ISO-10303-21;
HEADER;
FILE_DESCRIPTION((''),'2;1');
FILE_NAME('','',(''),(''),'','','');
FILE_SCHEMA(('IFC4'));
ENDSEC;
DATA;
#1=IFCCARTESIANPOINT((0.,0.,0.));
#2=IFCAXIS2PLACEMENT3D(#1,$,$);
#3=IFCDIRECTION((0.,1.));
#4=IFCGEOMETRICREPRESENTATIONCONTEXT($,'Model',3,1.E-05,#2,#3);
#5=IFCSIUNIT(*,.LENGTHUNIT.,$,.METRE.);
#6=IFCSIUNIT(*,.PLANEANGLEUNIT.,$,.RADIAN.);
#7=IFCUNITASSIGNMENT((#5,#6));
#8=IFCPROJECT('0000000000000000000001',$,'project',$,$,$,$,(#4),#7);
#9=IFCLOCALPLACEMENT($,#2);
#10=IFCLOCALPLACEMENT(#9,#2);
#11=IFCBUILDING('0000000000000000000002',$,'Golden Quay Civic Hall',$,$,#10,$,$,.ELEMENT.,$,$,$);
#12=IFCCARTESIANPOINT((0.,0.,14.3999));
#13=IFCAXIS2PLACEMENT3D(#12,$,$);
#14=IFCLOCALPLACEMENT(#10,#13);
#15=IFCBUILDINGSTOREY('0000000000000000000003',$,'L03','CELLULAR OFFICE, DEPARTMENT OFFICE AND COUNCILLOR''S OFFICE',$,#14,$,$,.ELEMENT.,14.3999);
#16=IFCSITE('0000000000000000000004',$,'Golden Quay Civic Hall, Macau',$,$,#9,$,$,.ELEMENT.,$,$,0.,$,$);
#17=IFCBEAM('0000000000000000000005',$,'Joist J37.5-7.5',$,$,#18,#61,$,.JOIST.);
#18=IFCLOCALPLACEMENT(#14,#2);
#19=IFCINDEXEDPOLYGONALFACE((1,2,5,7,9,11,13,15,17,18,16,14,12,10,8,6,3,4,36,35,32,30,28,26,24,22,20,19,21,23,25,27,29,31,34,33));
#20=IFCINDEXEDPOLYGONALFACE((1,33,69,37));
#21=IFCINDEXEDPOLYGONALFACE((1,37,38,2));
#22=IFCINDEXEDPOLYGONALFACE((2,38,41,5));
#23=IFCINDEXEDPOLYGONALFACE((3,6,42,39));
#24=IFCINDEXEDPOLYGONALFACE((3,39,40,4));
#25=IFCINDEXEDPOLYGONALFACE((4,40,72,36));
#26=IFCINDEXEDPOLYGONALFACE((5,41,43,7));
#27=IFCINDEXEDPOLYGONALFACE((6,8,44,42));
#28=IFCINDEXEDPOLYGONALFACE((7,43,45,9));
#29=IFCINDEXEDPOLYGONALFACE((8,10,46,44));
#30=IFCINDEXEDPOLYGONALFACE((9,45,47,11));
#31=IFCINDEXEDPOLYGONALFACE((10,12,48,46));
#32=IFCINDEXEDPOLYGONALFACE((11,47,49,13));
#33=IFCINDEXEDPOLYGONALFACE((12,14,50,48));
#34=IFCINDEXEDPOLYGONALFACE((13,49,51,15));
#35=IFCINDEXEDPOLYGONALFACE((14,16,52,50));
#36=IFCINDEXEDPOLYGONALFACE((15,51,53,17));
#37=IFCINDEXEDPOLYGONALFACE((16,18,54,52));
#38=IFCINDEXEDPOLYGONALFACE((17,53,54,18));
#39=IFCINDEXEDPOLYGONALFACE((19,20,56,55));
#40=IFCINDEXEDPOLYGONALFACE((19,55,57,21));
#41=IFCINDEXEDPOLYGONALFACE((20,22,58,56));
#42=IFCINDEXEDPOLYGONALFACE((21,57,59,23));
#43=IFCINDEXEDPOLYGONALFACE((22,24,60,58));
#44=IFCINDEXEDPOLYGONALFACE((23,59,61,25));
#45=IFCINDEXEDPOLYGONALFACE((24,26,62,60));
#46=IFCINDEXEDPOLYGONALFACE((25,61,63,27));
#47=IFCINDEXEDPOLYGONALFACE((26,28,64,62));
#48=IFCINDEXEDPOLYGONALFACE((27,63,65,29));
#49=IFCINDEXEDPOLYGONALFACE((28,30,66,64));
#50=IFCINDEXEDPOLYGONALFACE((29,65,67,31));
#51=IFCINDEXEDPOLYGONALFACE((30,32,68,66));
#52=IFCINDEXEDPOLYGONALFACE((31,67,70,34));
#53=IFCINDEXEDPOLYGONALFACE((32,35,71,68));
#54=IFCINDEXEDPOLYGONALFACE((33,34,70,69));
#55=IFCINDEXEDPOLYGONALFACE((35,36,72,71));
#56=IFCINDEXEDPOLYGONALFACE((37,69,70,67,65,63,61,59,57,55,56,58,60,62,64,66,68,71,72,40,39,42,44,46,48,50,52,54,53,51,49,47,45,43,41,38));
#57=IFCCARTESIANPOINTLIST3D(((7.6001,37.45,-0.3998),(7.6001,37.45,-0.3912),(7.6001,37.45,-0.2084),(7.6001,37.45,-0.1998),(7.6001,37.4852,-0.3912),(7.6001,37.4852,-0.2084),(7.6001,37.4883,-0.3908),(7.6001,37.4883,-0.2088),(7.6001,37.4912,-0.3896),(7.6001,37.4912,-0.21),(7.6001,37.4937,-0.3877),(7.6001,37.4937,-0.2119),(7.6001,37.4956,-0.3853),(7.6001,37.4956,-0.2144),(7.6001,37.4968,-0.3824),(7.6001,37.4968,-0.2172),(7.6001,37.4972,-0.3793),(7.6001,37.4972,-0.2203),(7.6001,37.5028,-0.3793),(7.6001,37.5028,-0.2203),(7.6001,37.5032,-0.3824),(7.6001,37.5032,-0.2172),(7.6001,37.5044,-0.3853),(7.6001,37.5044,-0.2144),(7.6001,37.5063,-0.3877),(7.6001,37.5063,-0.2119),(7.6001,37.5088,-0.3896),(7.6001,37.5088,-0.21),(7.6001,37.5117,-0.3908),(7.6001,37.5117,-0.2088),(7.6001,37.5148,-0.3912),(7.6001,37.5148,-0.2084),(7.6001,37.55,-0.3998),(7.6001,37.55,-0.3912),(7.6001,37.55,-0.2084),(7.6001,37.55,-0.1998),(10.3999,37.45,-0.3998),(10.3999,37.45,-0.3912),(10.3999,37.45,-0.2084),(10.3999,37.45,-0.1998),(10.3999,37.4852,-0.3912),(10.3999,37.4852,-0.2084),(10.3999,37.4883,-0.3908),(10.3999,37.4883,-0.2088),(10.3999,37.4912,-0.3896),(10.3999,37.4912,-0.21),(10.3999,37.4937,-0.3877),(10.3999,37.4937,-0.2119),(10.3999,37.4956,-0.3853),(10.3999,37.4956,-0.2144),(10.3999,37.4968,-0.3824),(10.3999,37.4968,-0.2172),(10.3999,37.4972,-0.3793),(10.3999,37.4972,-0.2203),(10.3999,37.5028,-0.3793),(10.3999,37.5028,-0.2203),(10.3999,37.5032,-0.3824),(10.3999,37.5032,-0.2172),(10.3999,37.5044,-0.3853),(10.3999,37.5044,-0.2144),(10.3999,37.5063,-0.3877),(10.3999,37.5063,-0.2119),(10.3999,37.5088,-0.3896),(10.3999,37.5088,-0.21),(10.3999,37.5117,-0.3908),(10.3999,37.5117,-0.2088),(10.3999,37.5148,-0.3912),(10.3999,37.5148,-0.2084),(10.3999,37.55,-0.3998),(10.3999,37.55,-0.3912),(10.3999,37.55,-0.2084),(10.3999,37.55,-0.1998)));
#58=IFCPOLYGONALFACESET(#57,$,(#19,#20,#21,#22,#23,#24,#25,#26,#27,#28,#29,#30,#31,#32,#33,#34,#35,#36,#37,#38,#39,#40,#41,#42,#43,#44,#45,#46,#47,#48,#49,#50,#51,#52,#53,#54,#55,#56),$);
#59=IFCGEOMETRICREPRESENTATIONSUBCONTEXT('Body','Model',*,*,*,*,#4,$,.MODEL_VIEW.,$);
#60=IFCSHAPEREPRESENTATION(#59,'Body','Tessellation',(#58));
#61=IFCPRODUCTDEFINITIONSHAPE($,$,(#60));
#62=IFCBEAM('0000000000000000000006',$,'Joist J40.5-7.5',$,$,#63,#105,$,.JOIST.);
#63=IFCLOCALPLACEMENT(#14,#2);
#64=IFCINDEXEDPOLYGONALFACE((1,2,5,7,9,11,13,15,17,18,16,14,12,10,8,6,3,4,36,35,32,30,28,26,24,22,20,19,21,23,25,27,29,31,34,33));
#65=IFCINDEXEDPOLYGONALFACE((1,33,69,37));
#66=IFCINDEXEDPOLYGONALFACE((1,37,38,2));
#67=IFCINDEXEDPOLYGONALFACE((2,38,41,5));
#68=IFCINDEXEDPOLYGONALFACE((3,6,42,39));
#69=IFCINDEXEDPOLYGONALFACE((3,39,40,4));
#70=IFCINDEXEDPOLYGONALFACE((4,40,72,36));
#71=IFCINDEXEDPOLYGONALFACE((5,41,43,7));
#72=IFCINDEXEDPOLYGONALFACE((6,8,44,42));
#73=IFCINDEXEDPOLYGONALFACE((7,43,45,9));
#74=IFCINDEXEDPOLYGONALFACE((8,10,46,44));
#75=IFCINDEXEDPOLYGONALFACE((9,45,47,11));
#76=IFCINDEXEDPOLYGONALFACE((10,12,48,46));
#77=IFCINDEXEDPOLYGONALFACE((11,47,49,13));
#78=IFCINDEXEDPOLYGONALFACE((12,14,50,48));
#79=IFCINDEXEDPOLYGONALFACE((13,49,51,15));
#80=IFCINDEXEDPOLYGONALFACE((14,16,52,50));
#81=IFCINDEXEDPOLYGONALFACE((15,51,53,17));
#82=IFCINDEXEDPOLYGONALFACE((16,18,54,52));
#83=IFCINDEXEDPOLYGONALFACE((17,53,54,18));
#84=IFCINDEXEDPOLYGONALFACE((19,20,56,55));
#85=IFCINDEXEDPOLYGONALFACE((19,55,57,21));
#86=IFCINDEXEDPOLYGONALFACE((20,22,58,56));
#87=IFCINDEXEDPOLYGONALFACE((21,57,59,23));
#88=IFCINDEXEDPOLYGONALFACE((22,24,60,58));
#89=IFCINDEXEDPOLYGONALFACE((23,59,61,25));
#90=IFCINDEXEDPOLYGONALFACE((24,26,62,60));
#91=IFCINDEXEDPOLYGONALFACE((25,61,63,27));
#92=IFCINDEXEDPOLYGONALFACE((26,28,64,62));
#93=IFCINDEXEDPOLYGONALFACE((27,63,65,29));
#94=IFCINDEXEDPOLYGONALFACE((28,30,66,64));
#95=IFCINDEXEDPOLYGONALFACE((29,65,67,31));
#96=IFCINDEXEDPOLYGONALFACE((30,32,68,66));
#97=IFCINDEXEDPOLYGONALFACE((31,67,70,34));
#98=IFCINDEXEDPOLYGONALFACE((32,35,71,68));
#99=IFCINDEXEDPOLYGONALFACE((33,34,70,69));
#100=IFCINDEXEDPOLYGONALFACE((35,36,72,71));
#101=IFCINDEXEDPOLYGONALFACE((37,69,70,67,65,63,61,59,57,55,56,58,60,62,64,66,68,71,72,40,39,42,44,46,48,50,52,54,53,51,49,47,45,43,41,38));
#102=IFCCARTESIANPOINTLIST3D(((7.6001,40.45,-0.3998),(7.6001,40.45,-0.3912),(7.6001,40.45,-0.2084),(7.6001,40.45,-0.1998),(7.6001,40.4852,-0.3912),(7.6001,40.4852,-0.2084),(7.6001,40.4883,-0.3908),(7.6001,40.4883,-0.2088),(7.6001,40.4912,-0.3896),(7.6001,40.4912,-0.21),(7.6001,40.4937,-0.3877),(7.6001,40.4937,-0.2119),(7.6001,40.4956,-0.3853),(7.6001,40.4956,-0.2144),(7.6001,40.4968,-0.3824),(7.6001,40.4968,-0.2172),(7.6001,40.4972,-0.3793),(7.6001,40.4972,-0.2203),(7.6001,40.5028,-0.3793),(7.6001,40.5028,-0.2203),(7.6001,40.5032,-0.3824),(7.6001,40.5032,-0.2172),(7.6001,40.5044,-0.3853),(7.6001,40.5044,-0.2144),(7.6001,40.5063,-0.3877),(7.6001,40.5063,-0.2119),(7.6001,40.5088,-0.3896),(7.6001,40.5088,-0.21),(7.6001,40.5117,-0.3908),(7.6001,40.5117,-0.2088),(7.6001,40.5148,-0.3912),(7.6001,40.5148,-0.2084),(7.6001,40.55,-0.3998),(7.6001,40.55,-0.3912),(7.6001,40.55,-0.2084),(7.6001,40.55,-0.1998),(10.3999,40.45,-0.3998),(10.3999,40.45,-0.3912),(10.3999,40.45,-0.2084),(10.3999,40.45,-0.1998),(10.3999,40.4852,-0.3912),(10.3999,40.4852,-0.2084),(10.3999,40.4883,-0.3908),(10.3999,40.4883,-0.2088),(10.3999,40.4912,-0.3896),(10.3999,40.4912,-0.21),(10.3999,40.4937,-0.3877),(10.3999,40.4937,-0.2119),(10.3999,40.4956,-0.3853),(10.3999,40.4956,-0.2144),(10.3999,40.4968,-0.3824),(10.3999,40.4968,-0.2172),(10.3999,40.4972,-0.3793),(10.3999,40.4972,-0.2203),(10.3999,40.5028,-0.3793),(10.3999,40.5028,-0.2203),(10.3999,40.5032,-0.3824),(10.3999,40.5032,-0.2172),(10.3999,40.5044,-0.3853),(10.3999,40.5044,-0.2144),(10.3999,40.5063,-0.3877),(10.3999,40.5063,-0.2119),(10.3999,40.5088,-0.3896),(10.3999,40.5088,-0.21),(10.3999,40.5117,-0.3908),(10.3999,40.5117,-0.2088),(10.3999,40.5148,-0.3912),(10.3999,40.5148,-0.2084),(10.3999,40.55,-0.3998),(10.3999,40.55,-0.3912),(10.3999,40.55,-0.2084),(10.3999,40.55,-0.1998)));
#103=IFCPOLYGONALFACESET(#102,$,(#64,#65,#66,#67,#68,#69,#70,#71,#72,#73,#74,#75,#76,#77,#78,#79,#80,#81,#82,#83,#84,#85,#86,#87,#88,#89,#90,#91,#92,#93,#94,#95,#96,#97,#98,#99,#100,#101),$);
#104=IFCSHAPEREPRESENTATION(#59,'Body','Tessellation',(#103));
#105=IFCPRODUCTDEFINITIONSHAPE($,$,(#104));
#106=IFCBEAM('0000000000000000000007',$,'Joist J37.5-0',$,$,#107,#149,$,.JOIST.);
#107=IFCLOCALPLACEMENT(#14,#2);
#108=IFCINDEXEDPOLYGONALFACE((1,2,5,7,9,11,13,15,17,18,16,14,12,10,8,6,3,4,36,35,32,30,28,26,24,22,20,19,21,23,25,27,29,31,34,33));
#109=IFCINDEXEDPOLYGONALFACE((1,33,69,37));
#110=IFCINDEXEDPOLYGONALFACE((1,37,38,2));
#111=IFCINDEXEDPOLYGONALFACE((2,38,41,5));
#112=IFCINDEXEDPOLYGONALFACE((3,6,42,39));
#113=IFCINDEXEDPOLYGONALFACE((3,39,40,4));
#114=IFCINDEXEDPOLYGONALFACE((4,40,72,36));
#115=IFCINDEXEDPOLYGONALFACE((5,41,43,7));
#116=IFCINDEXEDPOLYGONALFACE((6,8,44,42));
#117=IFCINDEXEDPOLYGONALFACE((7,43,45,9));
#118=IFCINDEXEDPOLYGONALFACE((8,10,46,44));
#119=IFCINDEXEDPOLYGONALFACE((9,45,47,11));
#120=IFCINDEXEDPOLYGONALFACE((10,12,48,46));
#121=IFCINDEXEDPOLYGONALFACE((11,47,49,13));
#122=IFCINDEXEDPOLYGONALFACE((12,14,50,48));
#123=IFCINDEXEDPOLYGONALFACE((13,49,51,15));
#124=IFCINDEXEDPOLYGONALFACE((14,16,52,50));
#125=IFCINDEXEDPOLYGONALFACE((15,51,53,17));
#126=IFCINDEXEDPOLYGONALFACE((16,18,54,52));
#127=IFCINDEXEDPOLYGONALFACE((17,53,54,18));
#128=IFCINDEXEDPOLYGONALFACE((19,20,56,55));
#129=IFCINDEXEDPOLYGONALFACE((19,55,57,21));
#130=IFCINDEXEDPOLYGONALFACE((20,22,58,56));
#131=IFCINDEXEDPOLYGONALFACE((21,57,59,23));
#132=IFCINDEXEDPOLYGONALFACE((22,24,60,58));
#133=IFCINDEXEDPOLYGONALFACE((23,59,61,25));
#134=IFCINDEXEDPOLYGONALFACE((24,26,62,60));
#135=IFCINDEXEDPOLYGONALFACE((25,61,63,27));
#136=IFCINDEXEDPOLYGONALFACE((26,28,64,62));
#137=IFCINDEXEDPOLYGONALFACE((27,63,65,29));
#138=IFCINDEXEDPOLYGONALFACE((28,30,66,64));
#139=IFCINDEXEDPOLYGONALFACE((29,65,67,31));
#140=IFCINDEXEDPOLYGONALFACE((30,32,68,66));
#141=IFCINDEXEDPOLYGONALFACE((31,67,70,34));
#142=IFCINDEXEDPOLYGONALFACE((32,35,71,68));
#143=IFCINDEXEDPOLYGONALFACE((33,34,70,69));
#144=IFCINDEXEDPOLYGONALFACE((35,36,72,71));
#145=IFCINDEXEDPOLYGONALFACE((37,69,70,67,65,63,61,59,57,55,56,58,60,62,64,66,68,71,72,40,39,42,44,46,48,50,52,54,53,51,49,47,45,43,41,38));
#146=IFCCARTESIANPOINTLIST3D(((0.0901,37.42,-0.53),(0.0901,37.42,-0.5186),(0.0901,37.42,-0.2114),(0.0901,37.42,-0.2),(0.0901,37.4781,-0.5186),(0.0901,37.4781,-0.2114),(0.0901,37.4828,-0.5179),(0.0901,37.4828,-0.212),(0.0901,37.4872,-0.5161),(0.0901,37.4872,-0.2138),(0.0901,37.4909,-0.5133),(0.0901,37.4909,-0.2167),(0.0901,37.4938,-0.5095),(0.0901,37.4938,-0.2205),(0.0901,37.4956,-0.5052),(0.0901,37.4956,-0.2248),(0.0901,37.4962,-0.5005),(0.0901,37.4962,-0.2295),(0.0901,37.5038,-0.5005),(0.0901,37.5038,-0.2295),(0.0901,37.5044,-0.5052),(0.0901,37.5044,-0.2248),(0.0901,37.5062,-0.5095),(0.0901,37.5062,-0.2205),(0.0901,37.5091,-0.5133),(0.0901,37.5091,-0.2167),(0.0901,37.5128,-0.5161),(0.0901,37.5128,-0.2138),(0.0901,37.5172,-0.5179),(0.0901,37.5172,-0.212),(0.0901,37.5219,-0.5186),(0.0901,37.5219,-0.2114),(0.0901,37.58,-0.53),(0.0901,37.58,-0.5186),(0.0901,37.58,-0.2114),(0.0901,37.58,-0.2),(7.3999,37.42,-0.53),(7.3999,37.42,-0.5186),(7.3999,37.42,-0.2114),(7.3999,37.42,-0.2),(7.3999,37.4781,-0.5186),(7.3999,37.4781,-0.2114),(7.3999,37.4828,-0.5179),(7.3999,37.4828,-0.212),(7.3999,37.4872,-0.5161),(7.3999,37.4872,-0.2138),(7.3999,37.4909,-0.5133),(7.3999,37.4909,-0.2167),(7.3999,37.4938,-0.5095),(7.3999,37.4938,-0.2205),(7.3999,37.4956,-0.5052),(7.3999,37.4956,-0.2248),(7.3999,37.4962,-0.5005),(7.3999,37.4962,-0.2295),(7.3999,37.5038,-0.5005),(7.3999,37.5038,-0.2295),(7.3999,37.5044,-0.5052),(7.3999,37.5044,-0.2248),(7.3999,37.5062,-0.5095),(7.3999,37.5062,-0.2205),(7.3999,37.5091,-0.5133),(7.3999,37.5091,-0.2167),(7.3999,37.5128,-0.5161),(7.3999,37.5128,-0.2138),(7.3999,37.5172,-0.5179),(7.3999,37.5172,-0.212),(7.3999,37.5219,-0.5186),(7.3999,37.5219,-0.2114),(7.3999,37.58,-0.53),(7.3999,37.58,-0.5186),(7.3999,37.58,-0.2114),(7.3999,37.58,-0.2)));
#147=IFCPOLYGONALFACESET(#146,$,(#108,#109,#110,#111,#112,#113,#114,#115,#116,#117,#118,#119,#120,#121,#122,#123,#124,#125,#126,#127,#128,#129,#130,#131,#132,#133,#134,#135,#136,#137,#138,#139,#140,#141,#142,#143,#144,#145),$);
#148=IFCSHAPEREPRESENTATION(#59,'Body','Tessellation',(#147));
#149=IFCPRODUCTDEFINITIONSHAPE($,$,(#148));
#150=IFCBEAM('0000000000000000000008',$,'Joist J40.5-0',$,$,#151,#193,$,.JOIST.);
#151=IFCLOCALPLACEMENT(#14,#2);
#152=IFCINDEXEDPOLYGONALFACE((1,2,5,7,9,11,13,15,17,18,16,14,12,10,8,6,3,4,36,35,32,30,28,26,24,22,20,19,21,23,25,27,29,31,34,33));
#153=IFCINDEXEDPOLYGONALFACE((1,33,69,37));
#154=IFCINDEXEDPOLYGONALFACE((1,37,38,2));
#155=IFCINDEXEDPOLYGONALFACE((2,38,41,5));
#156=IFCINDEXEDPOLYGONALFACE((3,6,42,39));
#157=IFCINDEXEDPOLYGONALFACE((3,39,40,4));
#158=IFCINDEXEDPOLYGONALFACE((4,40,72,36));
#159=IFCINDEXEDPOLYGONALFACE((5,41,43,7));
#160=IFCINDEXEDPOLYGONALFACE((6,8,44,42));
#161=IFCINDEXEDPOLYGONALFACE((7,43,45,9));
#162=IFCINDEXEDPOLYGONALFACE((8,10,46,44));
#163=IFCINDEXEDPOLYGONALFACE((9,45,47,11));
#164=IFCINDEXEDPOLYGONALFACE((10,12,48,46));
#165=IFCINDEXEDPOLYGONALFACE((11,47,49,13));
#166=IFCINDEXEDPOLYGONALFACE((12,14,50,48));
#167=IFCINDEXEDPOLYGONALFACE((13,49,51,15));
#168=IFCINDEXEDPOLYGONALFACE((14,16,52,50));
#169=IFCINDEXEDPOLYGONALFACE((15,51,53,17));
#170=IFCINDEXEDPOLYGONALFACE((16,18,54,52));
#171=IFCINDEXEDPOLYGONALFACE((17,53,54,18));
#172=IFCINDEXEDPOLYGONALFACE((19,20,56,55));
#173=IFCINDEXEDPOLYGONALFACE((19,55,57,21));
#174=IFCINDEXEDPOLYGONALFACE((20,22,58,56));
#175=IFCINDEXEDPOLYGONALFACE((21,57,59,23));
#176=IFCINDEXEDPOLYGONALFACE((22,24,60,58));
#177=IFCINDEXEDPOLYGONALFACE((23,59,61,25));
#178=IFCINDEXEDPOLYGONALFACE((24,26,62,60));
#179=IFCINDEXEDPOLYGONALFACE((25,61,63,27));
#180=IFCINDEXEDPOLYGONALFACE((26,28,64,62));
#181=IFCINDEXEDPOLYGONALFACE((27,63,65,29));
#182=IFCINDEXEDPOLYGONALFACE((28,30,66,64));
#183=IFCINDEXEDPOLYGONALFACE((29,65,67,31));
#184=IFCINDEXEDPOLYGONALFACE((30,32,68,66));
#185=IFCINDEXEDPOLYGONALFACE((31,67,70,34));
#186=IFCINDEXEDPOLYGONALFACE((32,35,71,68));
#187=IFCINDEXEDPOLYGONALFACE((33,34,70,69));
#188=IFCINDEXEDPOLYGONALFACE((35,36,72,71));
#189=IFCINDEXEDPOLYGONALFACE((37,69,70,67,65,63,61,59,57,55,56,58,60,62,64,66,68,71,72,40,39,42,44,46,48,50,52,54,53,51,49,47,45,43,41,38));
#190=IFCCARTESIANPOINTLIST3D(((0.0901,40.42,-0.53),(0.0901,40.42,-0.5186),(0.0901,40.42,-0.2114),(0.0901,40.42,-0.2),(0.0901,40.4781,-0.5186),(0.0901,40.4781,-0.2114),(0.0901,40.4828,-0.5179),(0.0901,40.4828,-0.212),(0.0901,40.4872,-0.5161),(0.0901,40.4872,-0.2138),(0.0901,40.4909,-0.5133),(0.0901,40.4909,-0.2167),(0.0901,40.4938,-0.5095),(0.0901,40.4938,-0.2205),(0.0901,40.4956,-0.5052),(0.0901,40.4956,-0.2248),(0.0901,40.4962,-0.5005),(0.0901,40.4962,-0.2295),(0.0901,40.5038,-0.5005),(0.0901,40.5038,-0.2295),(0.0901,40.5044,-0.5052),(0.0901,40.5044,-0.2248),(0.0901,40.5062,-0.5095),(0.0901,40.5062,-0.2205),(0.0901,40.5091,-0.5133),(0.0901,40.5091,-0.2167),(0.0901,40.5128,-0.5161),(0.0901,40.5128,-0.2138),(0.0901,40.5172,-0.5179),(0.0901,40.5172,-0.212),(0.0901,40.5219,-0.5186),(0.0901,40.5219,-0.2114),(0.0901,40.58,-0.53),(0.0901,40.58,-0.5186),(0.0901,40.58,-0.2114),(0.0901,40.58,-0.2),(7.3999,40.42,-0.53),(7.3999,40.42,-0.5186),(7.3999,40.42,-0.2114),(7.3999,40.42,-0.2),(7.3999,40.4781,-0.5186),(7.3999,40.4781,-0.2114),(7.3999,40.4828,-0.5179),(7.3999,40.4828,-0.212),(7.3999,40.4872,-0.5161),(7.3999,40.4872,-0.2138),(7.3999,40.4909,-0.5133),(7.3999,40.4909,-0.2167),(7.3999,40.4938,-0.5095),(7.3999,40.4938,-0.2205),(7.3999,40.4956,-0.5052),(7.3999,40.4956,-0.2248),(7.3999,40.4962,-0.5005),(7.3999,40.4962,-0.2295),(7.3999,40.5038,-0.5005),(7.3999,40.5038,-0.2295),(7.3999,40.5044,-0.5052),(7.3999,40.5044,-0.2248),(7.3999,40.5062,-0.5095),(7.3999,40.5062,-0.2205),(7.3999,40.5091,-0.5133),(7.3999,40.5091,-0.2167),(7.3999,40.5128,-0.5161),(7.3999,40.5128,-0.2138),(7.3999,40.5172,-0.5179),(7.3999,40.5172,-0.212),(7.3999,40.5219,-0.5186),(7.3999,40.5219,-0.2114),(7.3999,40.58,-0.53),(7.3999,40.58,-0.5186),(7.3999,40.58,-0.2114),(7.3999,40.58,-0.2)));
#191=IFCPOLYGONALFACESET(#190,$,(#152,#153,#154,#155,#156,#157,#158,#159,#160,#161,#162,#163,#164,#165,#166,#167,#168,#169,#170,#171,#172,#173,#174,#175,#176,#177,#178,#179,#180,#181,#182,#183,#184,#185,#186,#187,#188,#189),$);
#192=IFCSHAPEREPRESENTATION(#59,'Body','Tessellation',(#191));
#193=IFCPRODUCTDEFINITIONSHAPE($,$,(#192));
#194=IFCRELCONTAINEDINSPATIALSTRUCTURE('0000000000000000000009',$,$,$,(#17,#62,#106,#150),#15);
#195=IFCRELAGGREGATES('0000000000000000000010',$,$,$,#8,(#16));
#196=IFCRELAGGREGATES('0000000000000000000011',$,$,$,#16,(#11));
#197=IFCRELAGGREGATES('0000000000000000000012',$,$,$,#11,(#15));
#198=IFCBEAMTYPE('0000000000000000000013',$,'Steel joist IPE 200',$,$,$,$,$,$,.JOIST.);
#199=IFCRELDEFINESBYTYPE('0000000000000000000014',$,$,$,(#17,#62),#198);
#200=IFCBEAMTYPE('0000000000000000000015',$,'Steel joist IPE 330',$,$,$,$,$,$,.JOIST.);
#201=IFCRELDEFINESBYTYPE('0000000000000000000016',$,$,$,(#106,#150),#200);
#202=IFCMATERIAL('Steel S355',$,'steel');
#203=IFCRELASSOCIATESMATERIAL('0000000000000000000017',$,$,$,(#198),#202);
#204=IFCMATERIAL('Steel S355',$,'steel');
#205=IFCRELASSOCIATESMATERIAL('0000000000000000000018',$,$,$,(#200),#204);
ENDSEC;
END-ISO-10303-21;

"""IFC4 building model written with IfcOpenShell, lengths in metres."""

from ifc_helpers import new_model, si_unit, direction, frame, origin, origin_2d, place, context, subcontext, project, spatial, i_section, extrude, material, material_profile, profile_set, type_object, element, save


model = new_model("IFC4")

# Units and contexts
model_context = context("Model", 3, precision=1e-05, world=origin(), true_north=direction((0.0, 1.0)))
body_context = subcontext(model_context, "Body", "Model", "MODEL_VIEW")
ifc_project = project(units=[si_unit("LENGTHUNIT", "METRE"), si_unit("PLANEANGLEUNIT", "RADIAN")], contexts=[model_context])

# Site, building, storey
site_placement = place(None, origin())
site = spatial("IfcSite", under=ifc_project, at=site_placement, Name="Golden Quay Civic Hall, Macau", CompositionType="ELEMENT", RefElevation=0.0)
building_placement = place(site_placement, origin())
building = spatial("IfcBuilding", under=site, at=building_placement, Name="Golden Quay Civic Hall", CompositionType="ELEMENT")
storey_placement = place(building_placement, frame((0.0, 0.0, 14.3999)))
storey = spatial("IfcBuildingStorey", under=building, at=storey_placement, Name="L03", Description="CELLULAR OFFICE, DEPARTMENT OFFICE AND COUNCILLOR'S OFFICE", CompositionType="ELEMENT", Elevation=14.3999)

# Beams
ifc_material_1 = material(Name="Steel S355", Category="steel")
ifc_material_profile_1 = material_profile(ifc_material_1, i_section(OverallWidth=0.1001, OverallDepth=0.2, WebThickness=0.0056, FlangeThickness=0.0085, FilletRadius=0.012, at=origin_2d()), Name="IPE 200")
ifc_profile_set_1 = profile_set([ifc_material_profile_1], Name="Steel S355")
beam_type_1 = type_object("IfcBeamType", Name="Steel joist IPE 200", PredefinedType="JOIST", material=ifc_profile_set_1)
for number, where, z_axis, x_axis, name in (
    (1, (7.6001, 37.5, -0.2998), (1.0, 0.0, 0.0), (0.0, 1.0, 0.0), "Joist J37.5-7.5"),
    (2, (7.6001, 40.5, -0.2998), (1.0, 0.0, 0.0), (0.0, 1.0, 0.0), "Joist J40.5-7.5"),
):
    element("IfcBeam", number, at=place(storey_placement, frame(where, z_axis=z_axis, x_axis=x_axis)), inside=storey, type_object=beam_type_1, Name=name, PredefinedType="JOIST", context=body_context, shape_type="SweptSolid", body=[
        extrude(i_section(OverallWidth=0.1001, OverallDepth=0.2, WebThickness=0.0056, FlangeThickness=0.0085, FilletRadius=0.012, at=origin_2d()), origin(), (0.0, 0.0, 1.0), 2.7998),
    ])
ifc_material_2 = material(Name="Steel S355", Category="steel")
ifc_material_profile_2 = material_profile(ifc_material_2, i_section(OverallWidth=0.1599, OverallDepth=0.3301, WebThickness=0.0076, FlangeThickness=0.0115, FilletRadius=0.0181, at=origin_2d()), Name="IPE 330")
ifc_profile_set_2 = profile_set([ifc_material_profile_2], Name="Steel S355")
beam_type_2 = type_object("IfcBeamType", Name="Steel joist IPE 330", PredefinedType="JOIST", material=ifc_profile_set_2)
for number, where, z_axis, x_axis, name in (
    (3, (0.0901, 37.5, -0.365), (1.0, 0.0, 0.0), (0.0, 1.0, 0.0), "Joist J37.5-0"),
    (4, (0.0901, 40.5, -0.365), (1.0, 0.0, 0.0), (0.0, 1.0, 0.0), "Joist J40.5-0"),
):
    element("IfcBeam", number, at=place(storey_placement, frame(where, z_axis=z_axis, x_axis=x_axis)), inside=storey, type_object=beam_type_2, Name=name, PredefinedType="JOIST", context=body_context, shape_type="SweptSolid", body=[
        extrude(i_section(OverallWidth=0.1599, OverallDepth=0.3301, WebThickness=0.0076, FlangeThickness=0.0115, FilletRadius=0.0181, at=origin_2d()), origin(), (0.0, 0.0, 1.0), 7.3098),
    ])

save(model, "model.ifc")
